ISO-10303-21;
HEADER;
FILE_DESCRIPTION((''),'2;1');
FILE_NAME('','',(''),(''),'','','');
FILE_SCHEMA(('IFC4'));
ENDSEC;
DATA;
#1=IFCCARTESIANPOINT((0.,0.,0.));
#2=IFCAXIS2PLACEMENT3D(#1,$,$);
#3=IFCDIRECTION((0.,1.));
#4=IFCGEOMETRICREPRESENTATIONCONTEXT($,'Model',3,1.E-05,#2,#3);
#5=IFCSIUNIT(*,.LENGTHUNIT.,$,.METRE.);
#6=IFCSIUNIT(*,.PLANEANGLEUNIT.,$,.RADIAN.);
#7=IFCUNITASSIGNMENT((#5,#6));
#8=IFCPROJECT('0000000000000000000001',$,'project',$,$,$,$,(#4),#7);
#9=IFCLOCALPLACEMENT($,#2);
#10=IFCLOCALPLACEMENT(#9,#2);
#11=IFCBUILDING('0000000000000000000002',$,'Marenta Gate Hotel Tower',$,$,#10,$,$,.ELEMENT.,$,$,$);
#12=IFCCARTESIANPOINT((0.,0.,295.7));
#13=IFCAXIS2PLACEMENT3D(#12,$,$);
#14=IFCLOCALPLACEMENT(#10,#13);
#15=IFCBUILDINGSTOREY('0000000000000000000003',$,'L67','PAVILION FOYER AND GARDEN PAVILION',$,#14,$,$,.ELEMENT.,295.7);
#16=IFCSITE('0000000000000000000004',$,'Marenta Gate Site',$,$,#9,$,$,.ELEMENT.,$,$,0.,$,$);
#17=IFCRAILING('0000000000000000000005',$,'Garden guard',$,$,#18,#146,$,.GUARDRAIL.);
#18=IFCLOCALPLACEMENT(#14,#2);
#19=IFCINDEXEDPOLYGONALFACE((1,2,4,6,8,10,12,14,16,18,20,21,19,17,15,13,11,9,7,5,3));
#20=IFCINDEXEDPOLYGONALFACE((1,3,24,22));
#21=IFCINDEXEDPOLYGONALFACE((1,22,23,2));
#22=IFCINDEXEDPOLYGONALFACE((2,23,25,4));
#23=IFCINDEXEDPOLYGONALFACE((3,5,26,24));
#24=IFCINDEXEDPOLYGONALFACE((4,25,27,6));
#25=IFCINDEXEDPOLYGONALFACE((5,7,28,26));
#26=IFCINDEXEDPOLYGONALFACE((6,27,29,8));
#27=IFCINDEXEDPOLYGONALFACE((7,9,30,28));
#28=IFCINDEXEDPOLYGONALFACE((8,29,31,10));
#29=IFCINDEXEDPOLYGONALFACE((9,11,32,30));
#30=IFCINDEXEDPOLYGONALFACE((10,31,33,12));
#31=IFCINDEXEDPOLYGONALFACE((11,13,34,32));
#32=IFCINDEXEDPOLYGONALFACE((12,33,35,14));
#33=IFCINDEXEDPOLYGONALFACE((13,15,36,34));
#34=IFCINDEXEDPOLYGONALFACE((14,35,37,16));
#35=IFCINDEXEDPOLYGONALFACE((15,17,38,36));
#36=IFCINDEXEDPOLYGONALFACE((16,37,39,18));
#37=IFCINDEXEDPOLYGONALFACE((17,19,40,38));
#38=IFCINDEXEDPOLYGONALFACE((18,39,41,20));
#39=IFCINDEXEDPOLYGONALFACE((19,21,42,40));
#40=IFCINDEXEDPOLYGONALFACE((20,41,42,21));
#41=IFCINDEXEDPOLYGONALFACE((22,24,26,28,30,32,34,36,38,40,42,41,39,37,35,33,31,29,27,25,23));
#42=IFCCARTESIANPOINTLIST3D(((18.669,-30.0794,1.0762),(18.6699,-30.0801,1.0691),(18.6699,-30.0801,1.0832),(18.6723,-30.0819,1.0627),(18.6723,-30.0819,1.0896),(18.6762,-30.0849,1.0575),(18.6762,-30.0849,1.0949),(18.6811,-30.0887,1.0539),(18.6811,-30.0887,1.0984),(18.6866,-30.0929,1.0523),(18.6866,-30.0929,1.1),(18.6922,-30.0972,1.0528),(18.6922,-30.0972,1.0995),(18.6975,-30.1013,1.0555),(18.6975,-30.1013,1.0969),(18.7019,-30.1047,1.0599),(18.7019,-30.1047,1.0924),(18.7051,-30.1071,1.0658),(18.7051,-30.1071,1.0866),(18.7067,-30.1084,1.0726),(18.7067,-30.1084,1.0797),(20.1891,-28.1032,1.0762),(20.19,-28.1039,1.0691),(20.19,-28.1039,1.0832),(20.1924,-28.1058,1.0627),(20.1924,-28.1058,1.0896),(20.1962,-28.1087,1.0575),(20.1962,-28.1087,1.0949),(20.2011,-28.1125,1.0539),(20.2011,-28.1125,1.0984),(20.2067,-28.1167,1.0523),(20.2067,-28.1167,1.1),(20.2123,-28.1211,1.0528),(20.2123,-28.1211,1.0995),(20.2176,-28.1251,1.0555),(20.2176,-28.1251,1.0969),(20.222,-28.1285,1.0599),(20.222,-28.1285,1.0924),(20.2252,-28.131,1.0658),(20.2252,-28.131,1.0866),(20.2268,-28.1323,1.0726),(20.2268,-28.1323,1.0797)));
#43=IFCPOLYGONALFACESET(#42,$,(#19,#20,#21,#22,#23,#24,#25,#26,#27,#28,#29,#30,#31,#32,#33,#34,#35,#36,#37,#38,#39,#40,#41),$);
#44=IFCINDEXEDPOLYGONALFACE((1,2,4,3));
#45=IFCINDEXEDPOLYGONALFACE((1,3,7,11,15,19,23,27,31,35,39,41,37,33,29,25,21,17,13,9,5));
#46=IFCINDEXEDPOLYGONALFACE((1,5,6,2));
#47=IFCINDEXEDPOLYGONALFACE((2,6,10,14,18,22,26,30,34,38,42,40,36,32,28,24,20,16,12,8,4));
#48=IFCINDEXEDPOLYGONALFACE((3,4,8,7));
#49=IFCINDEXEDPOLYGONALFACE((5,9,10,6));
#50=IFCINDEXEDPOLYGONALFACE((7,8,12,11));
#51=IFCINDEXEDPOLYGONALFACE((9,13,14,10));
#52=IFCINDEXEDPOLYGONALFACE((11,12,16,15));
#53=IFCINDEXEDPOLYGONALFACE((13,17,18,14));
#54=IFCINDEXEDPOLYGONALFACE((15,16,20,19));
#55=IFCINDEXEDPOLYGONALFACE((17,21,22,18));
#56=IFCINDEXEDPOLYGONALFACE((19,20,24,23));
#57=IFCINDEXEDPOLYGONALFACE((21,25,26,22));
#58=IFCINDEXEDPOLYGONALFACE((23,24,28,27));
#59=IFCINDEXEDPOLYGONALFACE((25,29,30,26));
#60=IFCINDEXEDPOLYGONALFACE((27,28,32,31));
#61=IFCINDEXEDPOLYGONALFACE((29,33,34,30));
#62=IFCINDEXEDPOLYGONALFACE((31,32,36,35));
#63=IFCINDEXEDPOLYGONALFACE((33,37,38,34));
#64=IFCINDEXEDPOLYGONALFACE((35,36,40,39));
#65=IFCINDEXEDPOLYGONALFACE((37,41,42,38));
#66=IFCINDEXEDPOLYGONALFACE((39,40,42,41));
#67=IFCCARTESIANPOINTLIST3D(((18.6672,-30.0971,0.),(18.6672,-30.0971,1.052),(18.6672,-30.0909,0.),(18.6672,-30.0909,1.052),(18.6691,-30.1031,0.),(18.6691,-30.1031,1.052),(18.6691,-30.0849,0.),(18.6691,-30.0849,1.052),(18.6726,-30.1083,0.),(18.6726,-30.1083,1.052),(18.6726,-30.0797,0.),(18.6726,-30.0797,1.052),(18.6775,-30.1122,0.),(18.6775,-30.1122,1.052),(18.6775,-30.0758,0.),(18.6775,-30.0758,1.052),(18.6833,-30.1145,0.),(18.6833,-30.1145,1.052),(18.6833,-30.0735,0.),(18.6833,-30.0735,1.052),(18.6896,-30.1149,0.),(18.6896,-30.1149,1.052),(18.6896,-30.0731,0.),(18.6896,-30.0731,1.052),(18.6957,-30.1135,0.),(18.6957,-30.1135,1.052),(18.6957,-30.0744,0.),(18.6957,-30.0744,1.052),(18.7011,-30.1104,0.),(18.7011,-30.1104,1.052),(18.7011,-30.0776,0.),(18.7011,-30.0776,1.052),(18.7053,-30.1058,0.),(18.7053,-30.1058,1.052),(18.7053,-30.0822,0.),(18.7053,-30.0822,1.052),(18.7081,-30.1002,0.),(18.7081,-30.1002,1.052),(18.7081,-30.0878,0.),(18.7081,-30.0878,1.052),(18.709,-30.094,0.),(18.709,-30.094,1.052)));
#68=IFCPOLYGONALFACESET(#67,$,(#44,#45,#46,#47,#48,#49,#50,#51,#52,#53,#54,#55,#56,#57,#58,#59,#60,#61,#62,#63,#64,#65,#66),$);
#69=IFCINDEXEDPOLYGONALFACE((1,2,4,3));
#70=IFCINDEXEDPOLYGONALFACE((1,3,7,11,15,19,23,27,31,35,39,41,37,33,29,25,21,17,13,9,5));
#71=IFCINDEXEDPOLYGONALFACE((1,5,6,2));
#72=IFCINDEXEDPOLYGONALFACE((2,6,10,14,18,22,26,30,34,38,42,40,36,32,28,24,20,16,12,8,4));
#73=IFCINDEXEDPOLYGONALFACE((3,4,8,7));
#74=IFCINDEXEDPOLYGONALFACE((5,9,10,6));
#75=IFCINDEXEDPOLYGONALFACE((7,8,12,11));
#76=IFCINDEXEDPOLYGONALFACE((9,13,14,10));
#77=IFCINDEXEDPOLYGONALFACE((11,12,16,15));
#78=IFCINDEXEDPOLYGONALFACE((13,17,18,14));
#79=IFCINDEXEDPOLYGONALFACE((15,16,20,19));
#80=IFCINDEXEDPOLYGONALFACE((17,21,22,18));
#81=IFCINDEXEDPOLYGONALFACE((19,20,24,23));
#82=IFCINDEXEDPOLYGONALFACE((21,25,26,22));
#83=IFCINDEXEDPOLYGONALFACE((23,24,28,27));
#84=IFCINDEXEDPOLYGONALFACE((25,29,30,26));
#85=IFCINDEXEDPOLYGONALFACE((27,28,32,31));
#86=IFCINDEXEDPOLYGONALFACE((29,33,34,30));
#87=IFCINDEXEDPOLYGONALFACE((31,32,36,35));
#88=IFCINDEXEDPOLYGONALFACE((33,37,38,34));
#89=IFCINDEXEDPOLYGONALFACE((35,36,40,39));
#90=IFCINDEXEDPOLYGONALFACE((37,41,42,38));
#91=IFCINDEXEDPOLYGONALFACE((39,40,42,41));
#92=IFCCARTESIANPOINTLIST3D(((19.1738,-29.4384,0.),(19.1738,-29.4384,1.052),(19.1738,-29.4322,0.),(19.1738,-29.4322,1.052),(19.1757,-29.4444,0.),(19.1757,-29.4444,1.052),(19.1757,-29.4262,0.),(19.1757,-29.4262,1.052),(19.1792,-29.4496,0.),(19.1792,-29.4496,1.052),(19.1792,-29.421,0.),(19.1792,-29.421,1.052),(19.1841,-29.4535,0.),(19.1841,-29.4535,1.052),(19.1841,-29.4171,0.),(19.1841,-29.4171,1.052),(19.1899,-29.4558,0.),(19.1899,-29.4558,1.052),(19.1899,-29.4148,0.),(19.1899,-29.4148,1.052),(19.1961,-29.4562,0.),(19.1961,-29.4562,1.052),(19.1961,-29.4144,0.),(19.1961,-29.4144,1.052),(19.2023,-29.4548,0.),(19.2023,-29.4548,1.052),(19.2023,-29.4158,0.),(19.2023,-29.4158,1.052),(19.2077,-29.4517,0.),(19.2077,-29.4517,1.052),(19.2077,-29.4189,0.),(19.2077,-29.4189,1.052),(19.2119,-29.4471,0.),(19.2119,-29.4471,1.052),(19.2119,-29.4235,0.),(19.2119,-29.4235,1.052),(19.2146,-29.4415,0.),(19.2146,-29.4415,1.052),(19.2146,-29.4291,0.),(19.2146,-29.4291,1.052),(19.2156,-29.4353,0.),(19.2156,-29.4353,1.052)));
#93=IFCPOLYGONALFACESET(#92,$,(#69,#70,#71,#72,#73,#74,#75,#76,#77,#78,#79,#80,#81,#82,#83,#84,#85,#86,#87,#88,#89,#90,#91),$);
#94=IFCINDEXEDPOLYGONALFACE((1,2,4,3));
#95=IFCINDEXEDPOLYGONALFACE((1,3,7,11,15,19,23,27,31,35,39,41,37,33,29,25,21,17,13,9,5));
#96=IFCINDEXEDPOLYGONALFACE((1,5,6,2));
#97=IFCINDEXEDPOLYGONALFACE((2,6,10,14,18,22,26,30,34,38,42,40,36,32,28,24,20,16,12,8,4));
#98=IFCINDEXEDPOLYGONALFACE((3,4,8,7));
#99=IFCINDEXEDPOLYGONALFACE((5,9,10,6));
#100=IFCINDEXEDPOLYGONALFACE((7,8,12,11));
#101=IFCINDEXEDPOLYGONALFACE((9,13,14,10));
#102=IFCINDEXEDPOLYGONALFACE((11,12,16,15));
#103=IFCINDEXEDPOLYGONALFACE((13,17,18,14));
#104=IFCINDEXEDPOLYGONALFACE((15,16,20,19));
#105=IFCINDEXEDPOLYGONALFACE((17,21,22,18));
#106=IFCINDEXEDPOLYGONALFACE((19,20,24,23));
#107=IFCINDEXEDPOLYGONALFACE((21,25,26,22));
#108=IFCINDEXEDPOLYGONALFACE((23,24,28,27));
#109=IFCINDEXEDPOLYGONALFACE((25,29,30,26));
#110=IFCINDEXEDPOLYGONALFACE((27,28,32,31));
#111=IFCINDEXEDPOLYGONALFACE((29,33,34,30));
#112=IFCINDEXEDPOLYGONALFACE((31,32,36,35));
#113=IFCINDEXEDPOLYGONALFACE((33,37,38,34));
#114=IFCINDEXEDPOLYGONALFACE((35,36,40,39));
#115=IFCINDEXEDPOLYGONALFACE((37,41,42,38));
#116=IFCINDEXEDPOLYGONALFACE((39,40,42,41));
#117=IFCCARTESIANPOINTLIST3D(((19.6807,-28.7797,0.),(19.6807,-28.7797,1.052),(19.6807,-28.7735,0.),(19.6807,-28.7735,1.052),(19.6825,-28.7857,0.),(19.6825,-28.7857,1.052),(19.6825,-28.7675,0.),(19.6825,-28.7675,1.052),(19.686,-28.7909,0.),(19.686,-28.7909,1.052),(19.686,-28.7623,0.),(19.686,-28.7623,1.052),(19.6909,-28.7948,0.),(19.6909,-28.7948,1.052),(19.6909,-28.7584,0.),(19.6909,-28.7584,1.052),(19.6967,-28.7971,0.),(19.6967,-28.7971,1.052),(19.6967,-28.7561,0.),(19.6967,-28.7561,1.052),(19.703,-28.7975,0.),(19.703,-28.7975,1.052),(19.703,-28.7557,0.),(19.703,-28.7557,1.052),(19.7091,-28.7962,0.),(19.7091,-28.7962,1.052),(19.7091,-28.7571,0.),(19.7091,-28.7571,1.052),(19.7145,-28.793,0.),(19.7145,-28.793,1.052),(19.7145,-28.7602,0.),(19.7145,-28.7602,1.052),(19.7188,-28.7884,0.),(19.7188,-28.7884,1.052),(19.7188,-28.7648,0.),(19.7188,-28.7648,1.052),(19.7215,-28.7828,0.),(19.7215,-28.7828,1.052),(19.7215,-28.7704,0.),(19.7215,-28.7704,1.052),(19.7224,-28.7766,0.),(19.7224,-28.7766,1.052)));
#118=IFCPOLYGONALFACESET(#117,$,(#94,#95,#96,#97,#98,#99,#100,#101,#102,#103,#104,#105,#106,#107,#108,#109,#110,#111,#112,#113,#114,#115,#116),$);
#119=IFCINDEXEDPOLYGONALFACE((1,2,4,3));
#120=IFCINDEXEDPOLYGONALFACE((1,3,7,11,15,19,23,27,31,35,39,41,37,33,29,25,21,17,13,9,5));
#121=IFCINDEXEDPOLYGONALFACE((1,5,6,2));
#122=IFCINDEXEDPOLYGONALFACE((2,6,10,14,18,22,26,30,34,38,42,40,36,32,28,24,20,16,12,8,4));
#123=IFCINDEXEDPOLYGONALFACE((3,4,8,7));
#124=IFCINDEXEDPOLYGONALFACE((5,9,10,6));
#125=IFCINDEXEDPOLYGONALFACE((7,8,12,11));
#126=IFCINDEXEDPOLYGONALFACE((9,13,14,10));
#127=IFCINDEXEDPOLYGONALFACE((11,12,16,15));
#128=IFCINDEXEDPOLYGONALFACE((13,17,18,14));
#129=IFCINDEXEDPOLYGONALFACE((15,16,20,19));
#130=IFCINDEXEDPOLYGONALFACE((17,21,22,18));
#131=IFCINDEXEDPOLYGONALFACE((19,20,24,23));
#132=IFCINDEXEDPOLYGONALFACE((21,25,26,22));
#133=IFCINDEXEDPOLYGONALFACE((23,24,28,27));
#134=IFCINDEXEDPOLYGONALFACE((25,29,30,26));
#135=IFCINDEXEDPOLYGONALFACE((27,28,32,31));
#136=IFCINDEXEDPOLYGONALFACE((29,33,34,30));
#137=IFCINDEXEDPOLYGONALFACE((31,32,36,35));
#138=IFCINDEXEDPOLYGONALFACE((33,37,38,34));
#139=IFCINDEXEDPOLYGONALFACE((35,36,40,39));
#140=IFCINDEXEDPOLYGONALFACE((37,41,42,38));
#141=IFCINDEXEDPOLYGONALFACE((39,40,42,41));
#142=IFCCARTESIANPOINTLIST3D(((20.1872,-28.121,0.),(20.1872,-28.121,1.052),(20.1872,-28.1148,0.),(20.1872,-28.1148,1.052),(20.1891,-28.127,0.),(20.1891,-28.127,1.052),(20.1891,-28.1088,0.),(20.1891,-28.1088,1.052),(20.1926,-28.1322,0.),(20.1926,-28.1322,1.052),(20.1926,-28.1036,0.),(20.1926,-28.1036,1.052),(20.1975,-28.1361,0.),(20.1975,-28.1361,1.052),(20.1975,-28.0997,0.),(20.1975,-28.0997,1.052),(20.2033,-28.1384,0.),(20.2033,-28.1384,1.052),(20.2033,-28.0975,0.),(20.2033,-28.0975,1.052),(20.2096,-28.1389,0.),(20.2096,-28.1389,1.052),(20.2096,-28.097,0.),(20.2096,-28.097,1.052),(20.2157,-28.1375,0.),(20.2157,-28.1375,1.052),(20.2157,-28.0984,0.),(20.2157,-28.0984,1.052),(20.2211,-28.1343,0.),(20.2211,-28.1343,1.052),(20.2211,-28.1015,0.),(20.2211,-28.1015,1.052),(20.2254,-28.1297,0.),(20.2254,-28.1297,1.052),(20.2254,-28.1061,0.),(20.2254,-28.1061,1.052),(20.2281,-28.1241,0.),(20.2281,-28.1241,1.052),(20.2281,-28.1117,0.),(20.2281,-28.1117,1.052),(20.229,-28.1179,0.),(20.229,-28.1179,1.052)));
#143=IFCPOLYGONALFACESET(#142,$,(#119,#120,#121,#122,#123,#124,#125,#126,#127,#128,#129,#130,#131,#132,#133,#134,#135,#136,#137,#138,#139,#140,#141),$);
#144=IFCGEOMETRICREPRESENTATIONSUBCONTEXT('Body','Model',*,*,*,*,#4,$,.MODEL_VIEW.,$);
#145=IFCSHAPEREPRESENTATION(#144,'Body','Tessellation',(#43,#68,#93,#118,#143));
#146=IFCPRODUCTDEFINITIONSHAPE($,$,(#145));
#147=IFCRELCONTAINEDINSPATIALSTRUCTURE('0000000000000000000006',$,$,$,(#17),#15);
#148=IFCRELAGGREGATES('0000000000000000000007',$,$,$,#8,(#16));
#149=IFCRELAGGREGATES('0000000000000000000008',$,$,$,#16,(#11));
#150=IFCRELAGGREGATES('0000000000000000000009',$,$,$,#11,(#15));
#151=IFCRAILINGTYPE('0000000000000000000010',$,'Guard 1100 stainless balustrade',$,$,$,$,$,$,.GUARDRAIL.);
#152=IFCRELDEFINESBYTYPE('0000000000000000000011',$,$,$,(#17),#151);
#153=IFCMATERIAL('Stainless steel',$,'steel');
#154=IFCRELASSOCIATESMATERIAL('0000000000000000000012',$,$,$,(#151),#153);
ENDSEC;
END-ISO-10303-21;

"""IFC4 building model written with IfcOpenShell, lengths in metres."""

from ifc_helpers import new_model, si_unit, direction, frame, origin, origin_2d, place, context, subcontext, project, spatial, circle, extrude, material, type_object, element, save


model = new_model("IFC4")

# Units and contexts
model_context = context("Model", 3, precision=1e-05, world=origin(), true_north=direction((0.0, 1.0)))
body_context = subcontext(model_context, "Body", "Model", "MODEL_VIEW")
ifc_project = project(units=[si_unit("LENGTHUNIT", "METRE"), si_unit("PLANEANGLEUNIT", "RADIAN")], contexts=[model_context])

# Site, building, storey
site_placement = place(None, origin())
site = spatial("IfcSite", under=ifc_project, at=site_placement, Name="Marenta Gate Site", CompositionType="ELEMENT", RefElevation=0.0)
building_placement = place(site_placement, origin())
building = spatial("IfcBuilding", under=site, at=building_placement, Name="Marenta Gate Hotel Tower", CompositionType="ELEMENT")
storey_placement = place(building_placement, frame((0.0, 0.0, 295.7)))
storey = spatial("IfcBuildingStorey", under=building, at=storey_placement, Name="L67", Description="PAVILION FOYER AND GARDEN PAVILION", CompositionType="ELEMENT", Elevation=295.7)

# Railing
ifc_material_1 = material(Name="Stainless steel", Category="steel")
railing_type = type_object("IfcRailingType", Name="Guard 1100 stainless balustrade", PredefinedType="GUARDRAIL", material=ifc_material_1)
railing_1_placement = place(storey_placement, frame((18.688, -30.094, 0.0)))
element("IfcRailing", 1, at=railing_1_placement, inside=storey, type_object=railing_type, Name="Garden guard", PredefinedType="GUARDRAIL", context=body_context, shape_type="SweptSolid", body=[
    extrude(circle(Radius=0.0239, at=origin_2d()), frame((0.0, 0.0, 1.0762), z_axis=(0.609701, 0.792631, 0.0), x_axis=(-0.792631, 0.609701, 0.0)), (0.0, 0.0, 1.0), 2.4932),
    extrude(circle(Radius=0.021, at=origin_2d()), origin(), (0.0, 0.0, 1.0), 1.052),
    extrude(circle(Radius=0.021, at=origin_2d()), frame((0.5066, 0.6587, 0.0)), (0.0, 0.0, 1.0), 1.052),
    extrude(circle(Radius=0.021, at=origin_2d()), frame((1.0134, 1.3174, 0.0)), (0.0, 0.0, 1.0), 1.052),
    extrude(circle(Radius=0.021, at=origin_2d()), frame((1.52, 1.9761, 0.0)), (0.0, 0.0, 1.0), 1.052),
])

save(model, "model.ifc")
